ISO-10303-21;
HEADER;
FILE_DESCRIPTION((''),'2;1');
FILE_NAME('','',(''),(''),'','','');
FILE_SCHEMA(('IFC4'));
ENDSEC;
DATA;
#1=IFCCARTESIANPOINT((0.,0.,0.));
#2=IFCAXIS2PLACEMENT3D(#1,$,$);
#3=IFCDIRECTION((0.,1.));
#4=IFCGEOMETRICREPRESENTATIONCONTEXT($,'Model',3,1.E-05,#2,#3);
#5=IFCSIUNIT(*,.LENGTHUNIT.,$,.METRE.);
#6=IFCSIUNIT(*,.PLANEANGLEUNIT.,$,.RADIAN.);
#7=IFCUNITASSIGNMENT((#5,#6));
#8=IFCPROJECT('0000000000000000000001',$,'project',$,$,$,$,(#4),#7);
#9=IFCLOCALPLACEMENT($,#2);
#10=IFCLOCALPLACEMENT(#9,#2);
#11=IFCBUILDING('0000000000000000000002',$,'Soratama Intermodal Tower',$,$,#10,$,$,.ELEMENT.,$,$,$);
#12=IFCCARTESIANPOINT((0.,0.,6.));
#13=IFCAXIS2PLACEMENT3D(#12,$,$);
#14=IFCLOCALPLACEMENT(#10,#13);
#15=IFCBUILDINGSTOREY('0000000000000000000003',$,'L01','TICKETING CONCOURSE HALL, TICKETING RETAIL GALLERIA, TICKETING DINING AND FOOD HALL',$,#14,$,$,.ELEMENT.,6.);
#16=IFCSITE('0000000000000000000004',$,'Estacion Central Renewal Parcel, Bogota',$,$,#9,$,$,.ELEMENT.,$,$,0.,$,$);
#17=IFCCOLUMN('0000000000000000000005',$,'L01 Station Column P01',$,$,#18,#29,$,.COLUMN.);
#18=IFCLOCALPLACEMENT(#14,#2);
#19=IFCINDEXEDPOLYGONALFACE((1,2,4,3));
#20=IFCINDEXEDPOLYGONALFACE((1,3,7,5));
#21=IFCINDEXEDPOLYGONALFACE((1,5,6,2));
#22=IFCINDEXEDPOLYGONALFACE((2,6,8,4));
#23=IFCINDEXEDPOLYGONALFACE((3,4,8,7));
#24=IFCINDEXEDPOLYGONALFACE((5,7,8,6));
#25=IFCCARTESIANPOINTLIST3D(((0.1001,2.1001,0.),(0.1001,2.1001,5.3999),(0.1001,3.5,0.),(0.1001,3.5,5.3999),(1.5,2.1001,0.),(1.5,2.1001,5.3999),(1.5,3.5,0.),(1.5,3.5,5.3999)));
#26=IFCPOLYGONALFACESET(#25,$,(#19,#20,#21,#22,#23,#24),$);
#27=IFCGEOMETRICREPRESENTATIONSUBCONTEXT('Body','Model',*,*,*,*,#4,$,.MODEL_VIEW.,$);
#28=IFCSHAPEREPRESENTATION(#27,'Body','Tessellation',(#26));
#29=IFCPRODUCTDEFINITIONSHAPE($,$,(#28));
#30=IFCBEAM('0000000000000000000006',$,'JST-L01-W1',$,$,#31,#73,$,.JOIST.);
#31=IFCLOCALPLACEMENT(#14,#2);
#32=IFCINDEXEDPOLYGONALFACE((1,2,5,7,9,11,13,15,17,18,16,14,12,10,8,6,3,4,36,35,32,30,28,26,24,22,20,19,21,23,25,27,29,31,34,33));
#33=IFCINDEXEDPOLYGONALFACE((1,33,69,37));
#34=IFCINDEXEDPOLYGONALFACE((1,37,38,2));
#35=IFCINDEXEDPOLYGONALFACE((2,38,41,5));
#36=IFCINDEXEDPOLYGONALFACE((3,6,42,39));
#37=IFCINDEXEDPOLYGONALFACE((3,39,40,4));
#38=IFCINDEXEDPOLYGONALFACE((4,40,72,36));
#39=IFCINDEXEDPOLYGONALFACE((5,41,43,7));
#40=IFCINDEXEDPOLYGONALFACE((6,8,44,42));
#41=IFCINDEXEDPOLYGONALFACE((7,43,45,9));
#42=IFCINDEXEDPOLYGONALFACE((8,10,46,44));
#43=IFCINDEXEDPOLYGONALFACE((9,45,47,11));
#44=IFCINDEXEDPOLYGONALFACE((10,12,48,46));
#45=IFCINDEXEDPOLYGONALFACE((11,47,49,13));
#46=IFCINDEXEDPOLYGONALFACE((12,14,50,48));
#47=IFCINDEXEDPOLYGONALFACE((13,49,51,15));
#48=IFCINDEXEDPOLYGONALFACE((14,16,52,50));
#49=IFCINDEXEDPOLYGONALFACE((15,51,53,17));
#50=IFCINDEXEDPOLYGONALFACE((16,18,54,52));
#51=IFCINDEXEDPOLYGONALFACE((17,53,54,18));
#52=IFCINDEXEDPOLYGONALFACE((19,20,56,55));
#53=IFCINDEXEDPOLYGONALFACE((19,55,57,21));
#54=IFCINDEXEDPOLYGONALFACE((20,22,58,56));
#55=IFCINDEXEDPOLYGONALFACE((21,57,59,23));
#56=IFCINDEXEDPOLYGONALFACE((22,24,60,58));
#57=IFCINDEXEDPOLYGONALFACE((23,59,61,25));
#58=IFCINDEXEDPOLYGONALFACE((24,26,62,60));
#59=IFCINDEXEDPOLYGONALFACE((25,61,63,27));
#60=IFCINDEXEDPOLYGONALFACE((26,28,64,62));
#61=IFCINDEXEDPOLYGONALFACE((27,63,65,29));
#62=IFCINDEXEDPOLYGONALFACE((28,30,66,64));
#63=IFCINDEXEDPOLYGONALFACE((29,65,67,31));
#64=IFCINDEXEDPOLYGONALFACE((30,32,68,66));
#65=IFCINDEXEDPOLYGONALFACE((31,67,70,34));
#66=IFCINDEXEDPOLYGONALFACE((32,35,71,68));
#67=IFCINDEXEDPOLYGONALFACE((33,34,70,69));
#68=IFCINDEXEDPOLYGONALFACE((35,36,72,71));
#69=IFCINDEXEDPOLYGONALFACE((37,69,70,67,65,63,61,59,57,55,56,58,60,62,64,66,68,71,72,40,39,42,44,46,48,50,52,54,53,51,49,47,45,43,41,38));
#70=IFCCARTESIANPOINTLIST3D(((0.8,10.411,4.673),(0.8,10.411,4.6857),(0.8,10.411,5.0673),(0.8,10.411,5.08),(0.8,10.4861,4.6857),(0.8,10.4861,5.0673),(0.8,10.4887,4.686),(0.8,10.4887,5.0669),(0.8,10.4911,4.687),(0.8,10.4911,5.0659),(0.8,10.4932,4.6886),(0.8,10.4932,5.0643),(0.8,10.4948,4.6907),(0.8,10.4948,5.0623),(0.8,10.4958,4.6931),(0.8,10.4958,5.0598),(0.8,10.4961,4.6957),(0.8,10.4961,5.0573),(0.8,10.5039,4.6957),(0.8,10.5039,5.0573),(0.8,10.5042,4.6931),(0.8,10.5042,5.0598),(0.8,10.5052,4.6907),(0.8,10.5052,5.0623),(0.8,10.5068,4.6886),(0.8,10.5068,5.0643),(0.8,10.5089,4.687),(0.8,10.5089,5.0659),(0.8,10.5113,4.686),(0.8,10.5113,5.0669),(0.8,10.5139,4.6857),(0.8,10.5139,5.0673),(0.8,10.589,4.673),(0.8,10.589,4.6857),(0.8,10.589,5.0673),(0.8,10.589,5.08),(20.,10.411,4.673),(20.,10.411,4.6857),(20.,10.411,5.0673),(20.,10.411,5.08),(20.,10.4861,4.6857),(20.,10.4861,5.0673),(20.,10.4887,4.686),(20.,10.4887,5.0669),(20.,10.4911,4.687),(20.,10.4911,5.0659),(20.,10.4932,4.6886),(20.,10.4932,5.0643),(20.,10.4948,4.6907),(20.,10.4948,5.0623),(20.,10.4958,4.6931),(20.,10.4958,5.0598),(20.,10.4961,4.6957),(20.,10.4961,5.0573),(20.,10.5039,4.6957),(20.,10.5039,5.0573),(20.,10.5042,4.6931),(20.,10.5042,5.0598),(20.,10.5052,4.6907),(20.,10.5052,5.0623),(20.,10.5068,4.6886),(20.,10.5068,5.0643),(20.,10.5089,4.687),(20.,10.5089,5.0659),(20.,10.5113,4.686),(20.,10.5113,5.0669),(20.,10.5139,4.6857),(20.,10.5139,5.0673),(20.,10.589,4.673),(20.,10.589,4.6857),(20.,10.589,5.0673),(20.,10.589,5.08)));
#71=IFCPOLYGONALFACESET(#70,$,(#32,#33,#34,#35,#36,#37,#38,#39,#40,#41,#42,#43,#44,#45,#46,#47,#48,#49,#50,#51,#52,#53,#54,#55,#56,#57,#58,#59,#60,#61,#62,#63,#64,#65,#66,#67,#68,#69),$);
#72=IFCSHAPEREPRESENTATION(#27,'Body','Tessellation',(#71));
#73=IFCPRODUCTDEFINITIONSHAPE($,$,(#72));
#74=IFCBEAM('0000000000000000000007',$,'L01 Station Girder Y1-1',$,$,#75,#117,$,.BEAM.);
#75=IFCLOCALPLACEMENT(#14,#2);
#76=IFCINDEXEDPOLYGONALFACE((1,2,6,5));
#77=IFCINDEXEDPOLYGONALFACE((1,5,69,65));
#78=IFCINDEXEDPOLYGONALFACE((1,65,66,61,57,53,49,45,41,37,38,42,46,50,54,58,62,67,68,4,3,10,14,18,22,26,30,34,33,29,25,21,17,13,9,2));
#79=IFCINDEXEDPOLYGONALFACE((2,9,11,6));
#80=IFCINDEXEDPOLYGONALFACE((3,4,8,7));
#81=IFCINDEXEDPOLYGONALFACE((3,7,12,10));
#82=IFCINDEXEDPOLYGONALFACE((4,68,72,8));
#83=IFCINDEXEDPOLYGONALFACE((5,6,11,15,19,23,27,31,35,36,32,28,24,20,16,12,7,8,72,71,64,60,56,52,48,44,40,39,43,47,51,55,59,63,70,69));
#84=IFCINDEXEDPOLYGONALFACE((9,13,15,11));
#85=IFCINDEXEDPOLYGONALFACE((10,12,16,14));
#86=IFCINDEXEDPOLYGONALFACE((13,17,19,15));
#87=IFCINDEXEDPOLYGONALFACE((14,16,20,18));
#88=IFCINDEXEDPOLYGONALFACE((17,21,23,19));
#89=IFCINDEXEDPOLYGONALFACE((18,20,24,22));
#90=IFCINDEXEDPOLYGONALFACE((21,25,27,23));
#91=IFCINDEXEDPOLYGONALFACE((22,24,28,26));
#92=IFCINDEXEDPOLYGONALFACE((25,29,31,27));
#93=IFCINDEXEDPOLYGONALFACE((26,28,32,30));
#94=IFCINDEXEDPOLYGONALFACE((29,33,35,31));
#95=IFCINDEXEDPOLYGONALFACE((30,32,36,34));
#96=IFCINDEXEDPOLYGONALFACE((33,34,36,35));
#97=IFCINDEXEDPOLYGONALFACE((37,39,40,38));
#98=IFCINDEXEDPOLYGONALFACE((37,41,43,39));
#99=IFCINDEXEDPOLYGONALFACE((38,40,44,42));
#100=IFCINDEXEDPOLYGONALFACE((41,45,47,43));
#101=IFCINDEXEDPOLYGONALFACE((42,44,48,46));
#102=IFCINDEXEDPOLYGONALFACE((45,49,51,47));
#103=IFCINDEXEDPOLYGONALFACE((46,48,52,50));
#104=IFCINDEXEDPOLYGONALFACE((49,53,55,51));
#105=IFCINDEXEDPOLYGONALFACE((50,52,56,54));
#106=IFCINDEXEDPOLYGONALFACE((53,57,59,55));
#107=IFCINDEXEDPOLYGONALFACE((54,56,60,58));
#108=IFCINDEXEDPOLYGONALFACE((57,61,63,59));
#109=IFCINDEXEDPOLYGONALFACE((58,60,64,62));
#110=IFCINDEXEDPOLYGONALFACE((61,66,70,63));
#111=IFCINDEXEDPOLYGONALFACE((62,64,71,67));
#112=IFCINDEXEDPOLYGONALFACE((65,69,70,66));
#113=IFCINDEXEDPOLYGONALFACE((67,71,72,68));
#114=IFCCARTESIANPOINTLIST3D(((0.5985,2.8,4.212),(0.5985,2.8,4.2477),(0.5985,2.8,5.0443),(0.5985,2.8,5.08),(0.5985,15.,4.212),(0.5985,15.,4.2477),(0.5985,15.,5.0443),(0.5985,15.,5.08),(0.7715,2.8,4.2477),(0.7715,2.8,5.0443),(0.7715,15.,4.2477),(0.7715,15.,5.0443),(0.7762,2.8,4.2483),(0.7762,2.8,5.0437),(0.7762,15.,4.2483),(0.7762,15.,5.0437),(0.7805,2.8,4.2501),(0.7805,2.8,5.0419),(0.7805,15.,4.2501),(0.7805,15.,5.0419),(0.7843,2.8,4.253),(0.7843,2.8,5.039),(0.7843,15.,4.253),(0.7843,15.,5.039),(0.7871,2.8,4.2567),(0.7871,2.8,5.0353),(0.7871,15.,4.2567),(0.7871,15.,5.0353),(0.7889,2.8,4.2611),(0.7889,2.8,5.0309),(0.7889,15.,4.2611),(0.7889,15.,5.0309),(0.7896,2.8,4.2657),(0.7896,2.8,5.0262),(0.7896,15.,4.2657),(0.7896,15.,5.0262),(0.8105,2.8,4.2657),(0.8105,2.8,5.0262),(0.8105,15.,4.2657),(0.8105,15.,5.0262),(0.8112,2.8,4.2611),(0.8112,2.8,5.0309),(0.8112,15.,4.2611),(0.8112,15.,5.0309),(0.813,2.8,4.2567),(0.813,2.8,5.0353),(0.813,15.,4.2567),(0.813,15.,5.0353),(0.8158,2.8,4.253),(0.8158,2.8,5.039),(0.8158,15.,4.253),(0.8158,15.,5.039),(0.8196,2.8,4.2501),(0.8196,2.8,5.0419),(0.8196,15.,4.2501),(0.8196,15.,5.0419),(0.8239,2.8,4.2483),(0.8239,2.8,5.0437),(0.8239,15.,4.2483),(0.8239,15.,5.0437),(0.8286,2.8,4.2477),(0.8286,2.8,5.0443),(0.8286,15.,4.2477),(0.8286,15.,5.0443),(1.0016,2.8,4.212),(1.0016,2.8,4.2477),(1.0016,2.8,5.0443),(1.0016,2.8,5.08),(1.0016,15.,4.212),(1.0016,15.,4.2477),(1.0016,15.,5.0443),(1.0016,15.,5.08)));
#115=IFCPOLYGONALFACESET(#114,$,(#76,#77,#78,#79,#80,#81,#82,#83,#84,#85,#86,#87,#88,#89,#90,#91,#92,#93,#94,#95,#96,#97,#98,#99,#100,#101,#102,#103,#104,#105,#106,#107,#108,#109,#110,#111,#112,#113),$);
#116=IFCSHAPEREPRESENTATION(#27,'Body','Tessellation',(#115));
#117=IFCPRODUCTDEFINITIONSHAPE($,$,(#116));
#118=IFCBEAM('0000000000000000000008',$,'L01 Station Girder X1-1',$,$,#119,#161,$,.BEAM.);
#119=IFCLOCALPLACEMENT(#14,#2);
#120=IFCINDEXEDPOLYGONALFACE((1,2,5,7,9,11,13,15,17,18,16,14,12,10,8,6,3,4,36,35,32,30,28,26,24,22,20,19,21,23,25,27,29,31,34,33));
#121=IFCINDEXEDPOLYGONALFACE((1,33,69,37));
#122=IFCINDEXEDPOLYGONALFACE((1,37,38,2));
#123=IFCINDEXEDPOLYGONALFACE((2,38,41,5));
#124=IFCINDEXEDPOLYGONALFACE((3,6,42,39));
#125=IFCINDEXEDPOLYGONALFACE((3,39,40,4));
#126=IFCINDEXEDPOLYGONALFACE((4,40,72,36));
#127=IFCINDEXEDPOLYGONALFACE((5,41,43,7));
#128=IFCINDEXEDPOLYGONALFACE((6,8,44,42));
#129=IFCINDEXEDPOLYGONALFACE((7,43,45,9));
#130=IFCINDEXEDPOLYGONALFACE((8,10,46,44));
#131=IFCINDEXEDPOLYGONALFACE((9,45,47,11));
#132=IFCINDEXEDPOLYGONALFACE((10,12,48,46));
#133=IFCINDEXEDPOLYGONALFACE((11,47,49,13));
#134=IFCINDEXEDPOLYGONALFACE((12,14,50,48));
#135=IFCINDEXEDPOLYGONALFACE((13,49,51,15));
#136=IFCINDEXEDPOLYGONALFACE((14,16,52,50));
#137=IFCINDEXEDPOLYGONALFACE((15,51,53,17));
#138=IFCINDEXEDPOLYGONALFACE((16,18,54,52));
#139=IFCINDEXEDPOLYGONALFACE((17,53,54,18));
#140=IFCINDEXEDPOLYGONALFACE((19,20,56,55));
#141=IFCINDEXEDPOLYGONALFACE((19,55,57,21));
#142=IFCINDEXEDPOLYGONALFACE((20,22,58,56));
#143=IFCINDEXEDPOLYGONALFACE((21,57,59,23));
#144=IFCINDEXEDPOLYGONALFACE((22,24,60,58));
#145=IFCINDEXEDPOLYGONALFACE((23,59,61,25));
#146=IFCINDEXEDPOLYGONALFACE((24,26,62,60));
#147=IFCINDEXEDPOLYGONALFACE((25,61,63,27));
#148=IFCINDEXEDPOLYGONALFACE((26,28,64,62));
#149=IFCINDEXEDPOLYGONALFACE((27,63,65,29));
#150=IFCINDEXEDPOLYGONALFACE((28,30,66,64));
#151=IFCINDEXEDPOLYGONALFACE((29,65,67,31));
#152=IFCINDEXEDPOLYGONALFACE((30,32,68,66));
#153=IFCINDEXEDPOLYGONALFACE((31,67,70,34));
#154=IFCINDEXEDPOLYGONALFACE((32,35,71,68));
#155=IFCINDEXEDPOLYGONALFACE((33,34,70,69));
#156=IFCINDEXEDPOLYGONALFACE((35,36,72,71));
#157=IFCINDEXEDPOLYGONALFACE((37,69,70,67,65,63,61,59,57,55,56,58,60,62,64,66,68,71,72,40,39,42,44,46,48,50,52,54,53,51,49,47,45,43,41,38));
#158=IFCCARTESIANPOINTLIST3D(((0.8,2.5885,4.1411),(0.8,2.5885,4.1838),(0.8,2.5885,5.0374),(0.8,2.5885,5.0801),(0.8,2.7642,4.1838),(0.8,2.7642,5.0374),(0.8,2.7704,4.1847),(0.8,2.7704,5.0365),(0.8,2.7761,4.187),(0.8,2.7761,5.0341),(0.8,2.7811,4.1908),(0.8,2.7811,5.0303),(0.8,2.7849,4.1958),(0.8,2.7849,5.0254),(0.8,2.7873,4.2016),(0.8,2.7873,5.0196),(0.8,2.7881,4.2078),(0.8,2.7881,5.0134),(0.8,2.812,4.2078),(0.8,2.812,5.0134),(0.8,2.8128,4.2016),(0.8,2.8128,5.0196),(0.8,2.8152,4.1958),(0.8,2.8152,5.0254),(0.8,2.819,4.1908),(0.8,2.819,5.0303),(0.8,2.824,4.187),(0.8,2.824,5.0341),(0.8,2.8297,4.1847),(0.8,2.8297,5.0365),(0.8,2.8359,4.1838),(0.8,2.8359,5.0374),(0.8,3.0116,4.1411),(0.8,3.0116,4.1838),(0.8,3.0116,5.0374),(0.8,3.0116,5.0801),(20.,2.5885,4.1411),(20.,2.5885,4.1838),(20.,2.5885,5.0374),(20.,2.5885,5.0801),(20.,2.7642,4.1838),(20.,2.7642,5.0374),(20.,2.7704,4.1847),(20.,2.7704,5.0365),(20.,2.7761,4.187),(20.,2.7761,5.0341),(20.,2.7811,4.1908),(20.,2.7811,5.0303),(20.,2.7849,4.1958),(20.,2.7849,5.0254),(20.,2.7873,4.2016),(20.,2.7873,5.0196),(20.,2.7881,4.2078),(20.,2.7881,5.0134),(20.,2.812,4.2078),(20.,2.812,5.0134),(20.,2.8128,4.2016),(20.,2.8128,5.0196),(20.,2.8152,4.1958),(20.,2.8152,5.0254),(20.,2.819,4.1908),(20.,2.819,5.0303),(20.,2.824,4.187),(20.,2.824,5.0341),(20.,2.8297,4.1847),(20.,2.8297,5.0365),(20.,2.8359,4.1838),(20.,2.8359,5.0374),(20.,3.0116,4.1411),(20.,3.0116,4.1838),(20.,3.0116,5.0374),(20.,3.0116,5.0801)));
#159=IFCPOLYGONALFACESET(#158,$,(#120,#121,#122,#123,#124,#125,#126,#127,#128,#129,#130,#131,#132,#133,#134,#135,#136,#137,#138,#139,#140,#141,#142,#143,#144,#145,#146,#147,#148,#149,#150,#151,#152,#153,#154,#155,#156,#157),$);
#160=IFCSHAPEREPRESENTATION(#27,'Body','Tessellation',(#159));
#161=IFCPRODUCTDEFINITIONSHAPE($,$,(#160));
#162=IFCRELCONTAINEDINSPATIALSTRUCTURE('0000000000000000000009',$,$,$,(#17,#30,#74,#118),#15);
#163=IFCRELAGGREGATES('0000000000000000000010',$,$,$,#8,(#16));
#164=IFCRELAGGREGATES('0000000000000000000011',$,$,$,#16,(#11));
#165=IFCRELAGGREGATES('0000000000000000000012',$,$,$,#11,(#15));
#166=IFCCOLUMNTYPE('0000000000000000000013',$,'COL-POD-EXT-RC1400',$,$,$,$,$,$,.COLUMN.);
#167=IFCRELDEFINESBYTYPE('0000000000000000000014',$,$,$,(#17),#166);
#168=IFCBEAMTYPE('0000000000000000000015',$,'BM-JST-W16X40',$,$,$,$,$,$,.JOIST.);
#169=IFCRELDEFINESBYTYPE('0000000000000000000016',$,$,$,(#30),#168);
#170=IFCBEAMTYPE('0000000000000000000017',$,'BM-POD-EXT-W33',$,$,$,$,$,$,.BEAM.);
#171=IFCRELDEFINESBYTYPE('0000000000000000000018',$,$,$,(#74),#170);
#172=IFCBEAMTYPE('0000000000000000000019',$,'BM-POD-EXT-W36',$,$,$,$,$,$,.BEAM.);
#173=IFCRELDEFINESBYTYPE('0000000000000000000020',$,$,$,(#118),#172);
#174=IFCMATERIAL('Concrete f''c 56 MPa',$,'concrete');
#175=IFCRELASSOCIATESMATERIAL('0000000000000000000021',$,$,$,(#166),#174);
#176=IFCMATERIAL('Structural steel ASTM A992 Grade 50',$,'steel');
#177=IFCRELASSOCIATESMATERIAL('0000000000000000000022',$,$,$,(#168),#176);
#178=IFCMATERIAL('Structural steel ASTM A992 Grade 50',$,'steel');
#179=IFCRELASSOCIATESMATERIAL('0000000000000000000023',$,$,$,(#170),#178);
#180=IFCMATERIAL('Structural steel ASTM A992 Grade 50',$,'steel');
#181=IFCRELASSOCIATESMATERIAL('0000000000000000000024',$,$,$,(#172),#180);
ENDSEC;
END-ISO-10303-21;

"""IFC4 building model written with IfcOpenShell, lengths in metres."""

from ifc_helpers import new_model, si_unit, direction, frame, origin, origin_2d, place, context, subcontext, project, spatial, rectangle, i_section, extrude, material, material_profile, profile_set, type_object, element, save


model = new_model("IFC4")

# Units and contexts
model_context = context("Model", 3, precision=1e-05, world=origin(), true_north=direction((0.0, 1.0)))
body_context = subcontext(model_context, "Body", "Model", "MODEL_VIEW")
ifc_project = project(units=[si_unit("LENGTHUNIT", "METRE"), si_unit("PLANEANGLEUNIT", "RADIAN")], contexts=[model_context])

# Site, building, storey
site_placement = place(None, origin())
site = spatial("IfcSite", under=ifc_project, at=site_placement, Name="Estacion Central Renewal Parcel, Bogota", CompositionType="ELEMENT", RefElevation=0.0)
building_placement = place(site_placement, origin())
building = spatial("IfcBuilding", under=site, at=building_placement, Name="Soratama Intermodal Tower", CompositionType="ELEMENT")
storey_placement = place(building_placement, frame((0.0, 0.0, 6.0)))
storey = spatial("IfcBuildingStorey", under=building, at=storey_placement, Name="L01", Description="TICKETING CONCOURSE HALL, TICKETING RETAIL GALLERIA, TICKETING DINING AND FOOD HALL", CompositionType="ELEMENT", Elevation=6.0)

# Column
ifc_material_1 = material(Name="Concrete f'c 56 MPa", Category="concrete")
ifc_material_profile_1 = material_profile(ifc_material_1, rectangle(XDim=1.3999, YDim=1.3999, at=origin_2d()), Name="RC1400X1400")
ifc_profile_set_1 = profile_set([ifc_material_profile_1], Name="Concrete f'c 56 MPa")
column_type = type_object("IfcColumnType", Name="COL-POD-EXT-RC1400", PredefinedType="COLUMN", material=ifc_profile_set_1)
column_placement = place(storey_placement, frame((0.8, 2.8, 0.0), z_axis=(0.0, 0.0, 1.0), x_axis=(1.0, 0.0, 0.0)))
element("IfcColumn", 1, at=column_placement, inside=storey, type_object=column_type, Name="L01 Station Column P01", PredefinedType="COLUMN", context=body_context, shape_type="SweptSolid", body=[
    extrude(rectangle(XDim=1.3999, YDim=1.3999, at=origin_2d()), origin(), (0.0, 0.0, 1.0), 5.3999),
])

# Beams
ifc_material_2 = material(Name="Structural steel ASTM A992 Grade 50", Category="steel")
ifc_material_profile_2 = material_profile(ifc_material_2, i_section(OverallWidth=0.178, OverallDepth=0.407, WebThickness=0.0078, FlangeThickness=0.0127, FilletRadius=0.01, at=origin_2d()), Name="W16X40")
ifc_profile_set_2 = profile_set([ifc_material_profile_2], Name="Structural steel ASTM A992 Grade 50")
beam_type_1 = type_object("IfcBeamType", Name="BM-JST-W16X40", PredefinedType="JOIST", material=ifc_profile_set_2)
beam_1_placement = place(storey_placement, frame((0.8, 10.5, 4.8765), z_axis=(1.0, 0.0, 0.0), x_axis=(0.0, 1.0, 0.0)))
element("IfcBeam", 2, at=beam_1_placement, inside=storey, type_object=beam_type_1, Name="JST-L01-W1", PredefinedType="JOIST", context=body_context, shape_type="SweptSolid", body=[
    extrude(i_section(OverallWidth=0.178, OverallDepth=0.407, WebThickness=0.0078, FlangeThickness=0.0127, FilletRadius=0.01, at=origin_2d()), origin(), (0.0, 0.0, 1.0), 19.2),
])
ifc_material_3 = material(Name="Structural steel ASTM A992 Grade 50", Category="steel")
ifc_material_profile_3 = material_profile(ifc_material_3, i_section(OverallWidth=0.4031, OverallDepth=0.8679, WebThickness=0.021, FlangeThickness=0.0356, FilletRadius=0.0181, at=origin_2d()), Name="W33X241")
ifc_profile_set_3 = profile_set([ifc_material_profile_3], Name="Structural steel ASTM A992 Grade 50")
beam_type_2 = type_object("IfcBeamType", Name="BM-POD-EXT-W33", PredefinedType="BEAM", material=ifc_profile_set_3)
beam_2_placement = place(storey_placement, frame((0.8, 2.8, 4.646), z_axis=(0.0, 1.0, 0.0), x_axis=(-1.0, 0.0, 0.0)))
element("IfcBeam", 3, at=beam_2_placement, inside=storey, type_object=beam_type_2, Name="L01 Station Girder Y1-1", PredefinedType="BEAM", context=body_context, shape_type="SweptSolid", body=[
    extrude(i_section(OverallWidth=0.4031, OverallDepth=0.8679, WebThickness=0.021, FlangeThickness=0.0356, FilletRadius=0.0181, at=origin_2d()), origin(), (0.0, 0.0, 1.0), 12.2),
])
ifc_material_4 = material(Name="Structural steel ASTM A992 Grade 50", Category="steel")
ifc_material_profile_4 = material_profile(ifc_material_4, i_section(OverallWidth=0.4231, OverallDepth=0.939, WebThickness=0.0239, FlangeThickness=0.0427, FilletRadius=0.0239, at=origin_2d()), Name="W36X302")
ifc_profile_set_4 = profile_set([ifc_material_profile_4], Name="Structural steel ASTM A992 Grade 50")
beam_type_3 = type_object("IfcBeamType", Name="BM-POD-EXT-W36", PredefinedType="BEAM", material=ifc_profile_set_4)
beam_3_placement = place(storey_placement, frame((0.8, 2.8, 4.6106), z_axis=(1.0, 0.0, 0.0), x_axis=(0.0, 1.0, 0.0)))
element("IfcBeam", 4, at=beam_3_placement, inside=storey, type_object=beam_type_3, Name="L01 Station Girder X1-1", PredefinedType="BEAM", context=body_context, shape_type="SweptSolid", body=[
    extrude(i_section(OverallWidth=0.4231, OverallDepth=0.939, WebThickness=0.0239, FlangeThickness=0.0427, FilletRadius=0.0239, at=origin_2d()), origin(), (0.0, 0.0, 1.0), 19.2),
])

save(model, "model.ifc")
